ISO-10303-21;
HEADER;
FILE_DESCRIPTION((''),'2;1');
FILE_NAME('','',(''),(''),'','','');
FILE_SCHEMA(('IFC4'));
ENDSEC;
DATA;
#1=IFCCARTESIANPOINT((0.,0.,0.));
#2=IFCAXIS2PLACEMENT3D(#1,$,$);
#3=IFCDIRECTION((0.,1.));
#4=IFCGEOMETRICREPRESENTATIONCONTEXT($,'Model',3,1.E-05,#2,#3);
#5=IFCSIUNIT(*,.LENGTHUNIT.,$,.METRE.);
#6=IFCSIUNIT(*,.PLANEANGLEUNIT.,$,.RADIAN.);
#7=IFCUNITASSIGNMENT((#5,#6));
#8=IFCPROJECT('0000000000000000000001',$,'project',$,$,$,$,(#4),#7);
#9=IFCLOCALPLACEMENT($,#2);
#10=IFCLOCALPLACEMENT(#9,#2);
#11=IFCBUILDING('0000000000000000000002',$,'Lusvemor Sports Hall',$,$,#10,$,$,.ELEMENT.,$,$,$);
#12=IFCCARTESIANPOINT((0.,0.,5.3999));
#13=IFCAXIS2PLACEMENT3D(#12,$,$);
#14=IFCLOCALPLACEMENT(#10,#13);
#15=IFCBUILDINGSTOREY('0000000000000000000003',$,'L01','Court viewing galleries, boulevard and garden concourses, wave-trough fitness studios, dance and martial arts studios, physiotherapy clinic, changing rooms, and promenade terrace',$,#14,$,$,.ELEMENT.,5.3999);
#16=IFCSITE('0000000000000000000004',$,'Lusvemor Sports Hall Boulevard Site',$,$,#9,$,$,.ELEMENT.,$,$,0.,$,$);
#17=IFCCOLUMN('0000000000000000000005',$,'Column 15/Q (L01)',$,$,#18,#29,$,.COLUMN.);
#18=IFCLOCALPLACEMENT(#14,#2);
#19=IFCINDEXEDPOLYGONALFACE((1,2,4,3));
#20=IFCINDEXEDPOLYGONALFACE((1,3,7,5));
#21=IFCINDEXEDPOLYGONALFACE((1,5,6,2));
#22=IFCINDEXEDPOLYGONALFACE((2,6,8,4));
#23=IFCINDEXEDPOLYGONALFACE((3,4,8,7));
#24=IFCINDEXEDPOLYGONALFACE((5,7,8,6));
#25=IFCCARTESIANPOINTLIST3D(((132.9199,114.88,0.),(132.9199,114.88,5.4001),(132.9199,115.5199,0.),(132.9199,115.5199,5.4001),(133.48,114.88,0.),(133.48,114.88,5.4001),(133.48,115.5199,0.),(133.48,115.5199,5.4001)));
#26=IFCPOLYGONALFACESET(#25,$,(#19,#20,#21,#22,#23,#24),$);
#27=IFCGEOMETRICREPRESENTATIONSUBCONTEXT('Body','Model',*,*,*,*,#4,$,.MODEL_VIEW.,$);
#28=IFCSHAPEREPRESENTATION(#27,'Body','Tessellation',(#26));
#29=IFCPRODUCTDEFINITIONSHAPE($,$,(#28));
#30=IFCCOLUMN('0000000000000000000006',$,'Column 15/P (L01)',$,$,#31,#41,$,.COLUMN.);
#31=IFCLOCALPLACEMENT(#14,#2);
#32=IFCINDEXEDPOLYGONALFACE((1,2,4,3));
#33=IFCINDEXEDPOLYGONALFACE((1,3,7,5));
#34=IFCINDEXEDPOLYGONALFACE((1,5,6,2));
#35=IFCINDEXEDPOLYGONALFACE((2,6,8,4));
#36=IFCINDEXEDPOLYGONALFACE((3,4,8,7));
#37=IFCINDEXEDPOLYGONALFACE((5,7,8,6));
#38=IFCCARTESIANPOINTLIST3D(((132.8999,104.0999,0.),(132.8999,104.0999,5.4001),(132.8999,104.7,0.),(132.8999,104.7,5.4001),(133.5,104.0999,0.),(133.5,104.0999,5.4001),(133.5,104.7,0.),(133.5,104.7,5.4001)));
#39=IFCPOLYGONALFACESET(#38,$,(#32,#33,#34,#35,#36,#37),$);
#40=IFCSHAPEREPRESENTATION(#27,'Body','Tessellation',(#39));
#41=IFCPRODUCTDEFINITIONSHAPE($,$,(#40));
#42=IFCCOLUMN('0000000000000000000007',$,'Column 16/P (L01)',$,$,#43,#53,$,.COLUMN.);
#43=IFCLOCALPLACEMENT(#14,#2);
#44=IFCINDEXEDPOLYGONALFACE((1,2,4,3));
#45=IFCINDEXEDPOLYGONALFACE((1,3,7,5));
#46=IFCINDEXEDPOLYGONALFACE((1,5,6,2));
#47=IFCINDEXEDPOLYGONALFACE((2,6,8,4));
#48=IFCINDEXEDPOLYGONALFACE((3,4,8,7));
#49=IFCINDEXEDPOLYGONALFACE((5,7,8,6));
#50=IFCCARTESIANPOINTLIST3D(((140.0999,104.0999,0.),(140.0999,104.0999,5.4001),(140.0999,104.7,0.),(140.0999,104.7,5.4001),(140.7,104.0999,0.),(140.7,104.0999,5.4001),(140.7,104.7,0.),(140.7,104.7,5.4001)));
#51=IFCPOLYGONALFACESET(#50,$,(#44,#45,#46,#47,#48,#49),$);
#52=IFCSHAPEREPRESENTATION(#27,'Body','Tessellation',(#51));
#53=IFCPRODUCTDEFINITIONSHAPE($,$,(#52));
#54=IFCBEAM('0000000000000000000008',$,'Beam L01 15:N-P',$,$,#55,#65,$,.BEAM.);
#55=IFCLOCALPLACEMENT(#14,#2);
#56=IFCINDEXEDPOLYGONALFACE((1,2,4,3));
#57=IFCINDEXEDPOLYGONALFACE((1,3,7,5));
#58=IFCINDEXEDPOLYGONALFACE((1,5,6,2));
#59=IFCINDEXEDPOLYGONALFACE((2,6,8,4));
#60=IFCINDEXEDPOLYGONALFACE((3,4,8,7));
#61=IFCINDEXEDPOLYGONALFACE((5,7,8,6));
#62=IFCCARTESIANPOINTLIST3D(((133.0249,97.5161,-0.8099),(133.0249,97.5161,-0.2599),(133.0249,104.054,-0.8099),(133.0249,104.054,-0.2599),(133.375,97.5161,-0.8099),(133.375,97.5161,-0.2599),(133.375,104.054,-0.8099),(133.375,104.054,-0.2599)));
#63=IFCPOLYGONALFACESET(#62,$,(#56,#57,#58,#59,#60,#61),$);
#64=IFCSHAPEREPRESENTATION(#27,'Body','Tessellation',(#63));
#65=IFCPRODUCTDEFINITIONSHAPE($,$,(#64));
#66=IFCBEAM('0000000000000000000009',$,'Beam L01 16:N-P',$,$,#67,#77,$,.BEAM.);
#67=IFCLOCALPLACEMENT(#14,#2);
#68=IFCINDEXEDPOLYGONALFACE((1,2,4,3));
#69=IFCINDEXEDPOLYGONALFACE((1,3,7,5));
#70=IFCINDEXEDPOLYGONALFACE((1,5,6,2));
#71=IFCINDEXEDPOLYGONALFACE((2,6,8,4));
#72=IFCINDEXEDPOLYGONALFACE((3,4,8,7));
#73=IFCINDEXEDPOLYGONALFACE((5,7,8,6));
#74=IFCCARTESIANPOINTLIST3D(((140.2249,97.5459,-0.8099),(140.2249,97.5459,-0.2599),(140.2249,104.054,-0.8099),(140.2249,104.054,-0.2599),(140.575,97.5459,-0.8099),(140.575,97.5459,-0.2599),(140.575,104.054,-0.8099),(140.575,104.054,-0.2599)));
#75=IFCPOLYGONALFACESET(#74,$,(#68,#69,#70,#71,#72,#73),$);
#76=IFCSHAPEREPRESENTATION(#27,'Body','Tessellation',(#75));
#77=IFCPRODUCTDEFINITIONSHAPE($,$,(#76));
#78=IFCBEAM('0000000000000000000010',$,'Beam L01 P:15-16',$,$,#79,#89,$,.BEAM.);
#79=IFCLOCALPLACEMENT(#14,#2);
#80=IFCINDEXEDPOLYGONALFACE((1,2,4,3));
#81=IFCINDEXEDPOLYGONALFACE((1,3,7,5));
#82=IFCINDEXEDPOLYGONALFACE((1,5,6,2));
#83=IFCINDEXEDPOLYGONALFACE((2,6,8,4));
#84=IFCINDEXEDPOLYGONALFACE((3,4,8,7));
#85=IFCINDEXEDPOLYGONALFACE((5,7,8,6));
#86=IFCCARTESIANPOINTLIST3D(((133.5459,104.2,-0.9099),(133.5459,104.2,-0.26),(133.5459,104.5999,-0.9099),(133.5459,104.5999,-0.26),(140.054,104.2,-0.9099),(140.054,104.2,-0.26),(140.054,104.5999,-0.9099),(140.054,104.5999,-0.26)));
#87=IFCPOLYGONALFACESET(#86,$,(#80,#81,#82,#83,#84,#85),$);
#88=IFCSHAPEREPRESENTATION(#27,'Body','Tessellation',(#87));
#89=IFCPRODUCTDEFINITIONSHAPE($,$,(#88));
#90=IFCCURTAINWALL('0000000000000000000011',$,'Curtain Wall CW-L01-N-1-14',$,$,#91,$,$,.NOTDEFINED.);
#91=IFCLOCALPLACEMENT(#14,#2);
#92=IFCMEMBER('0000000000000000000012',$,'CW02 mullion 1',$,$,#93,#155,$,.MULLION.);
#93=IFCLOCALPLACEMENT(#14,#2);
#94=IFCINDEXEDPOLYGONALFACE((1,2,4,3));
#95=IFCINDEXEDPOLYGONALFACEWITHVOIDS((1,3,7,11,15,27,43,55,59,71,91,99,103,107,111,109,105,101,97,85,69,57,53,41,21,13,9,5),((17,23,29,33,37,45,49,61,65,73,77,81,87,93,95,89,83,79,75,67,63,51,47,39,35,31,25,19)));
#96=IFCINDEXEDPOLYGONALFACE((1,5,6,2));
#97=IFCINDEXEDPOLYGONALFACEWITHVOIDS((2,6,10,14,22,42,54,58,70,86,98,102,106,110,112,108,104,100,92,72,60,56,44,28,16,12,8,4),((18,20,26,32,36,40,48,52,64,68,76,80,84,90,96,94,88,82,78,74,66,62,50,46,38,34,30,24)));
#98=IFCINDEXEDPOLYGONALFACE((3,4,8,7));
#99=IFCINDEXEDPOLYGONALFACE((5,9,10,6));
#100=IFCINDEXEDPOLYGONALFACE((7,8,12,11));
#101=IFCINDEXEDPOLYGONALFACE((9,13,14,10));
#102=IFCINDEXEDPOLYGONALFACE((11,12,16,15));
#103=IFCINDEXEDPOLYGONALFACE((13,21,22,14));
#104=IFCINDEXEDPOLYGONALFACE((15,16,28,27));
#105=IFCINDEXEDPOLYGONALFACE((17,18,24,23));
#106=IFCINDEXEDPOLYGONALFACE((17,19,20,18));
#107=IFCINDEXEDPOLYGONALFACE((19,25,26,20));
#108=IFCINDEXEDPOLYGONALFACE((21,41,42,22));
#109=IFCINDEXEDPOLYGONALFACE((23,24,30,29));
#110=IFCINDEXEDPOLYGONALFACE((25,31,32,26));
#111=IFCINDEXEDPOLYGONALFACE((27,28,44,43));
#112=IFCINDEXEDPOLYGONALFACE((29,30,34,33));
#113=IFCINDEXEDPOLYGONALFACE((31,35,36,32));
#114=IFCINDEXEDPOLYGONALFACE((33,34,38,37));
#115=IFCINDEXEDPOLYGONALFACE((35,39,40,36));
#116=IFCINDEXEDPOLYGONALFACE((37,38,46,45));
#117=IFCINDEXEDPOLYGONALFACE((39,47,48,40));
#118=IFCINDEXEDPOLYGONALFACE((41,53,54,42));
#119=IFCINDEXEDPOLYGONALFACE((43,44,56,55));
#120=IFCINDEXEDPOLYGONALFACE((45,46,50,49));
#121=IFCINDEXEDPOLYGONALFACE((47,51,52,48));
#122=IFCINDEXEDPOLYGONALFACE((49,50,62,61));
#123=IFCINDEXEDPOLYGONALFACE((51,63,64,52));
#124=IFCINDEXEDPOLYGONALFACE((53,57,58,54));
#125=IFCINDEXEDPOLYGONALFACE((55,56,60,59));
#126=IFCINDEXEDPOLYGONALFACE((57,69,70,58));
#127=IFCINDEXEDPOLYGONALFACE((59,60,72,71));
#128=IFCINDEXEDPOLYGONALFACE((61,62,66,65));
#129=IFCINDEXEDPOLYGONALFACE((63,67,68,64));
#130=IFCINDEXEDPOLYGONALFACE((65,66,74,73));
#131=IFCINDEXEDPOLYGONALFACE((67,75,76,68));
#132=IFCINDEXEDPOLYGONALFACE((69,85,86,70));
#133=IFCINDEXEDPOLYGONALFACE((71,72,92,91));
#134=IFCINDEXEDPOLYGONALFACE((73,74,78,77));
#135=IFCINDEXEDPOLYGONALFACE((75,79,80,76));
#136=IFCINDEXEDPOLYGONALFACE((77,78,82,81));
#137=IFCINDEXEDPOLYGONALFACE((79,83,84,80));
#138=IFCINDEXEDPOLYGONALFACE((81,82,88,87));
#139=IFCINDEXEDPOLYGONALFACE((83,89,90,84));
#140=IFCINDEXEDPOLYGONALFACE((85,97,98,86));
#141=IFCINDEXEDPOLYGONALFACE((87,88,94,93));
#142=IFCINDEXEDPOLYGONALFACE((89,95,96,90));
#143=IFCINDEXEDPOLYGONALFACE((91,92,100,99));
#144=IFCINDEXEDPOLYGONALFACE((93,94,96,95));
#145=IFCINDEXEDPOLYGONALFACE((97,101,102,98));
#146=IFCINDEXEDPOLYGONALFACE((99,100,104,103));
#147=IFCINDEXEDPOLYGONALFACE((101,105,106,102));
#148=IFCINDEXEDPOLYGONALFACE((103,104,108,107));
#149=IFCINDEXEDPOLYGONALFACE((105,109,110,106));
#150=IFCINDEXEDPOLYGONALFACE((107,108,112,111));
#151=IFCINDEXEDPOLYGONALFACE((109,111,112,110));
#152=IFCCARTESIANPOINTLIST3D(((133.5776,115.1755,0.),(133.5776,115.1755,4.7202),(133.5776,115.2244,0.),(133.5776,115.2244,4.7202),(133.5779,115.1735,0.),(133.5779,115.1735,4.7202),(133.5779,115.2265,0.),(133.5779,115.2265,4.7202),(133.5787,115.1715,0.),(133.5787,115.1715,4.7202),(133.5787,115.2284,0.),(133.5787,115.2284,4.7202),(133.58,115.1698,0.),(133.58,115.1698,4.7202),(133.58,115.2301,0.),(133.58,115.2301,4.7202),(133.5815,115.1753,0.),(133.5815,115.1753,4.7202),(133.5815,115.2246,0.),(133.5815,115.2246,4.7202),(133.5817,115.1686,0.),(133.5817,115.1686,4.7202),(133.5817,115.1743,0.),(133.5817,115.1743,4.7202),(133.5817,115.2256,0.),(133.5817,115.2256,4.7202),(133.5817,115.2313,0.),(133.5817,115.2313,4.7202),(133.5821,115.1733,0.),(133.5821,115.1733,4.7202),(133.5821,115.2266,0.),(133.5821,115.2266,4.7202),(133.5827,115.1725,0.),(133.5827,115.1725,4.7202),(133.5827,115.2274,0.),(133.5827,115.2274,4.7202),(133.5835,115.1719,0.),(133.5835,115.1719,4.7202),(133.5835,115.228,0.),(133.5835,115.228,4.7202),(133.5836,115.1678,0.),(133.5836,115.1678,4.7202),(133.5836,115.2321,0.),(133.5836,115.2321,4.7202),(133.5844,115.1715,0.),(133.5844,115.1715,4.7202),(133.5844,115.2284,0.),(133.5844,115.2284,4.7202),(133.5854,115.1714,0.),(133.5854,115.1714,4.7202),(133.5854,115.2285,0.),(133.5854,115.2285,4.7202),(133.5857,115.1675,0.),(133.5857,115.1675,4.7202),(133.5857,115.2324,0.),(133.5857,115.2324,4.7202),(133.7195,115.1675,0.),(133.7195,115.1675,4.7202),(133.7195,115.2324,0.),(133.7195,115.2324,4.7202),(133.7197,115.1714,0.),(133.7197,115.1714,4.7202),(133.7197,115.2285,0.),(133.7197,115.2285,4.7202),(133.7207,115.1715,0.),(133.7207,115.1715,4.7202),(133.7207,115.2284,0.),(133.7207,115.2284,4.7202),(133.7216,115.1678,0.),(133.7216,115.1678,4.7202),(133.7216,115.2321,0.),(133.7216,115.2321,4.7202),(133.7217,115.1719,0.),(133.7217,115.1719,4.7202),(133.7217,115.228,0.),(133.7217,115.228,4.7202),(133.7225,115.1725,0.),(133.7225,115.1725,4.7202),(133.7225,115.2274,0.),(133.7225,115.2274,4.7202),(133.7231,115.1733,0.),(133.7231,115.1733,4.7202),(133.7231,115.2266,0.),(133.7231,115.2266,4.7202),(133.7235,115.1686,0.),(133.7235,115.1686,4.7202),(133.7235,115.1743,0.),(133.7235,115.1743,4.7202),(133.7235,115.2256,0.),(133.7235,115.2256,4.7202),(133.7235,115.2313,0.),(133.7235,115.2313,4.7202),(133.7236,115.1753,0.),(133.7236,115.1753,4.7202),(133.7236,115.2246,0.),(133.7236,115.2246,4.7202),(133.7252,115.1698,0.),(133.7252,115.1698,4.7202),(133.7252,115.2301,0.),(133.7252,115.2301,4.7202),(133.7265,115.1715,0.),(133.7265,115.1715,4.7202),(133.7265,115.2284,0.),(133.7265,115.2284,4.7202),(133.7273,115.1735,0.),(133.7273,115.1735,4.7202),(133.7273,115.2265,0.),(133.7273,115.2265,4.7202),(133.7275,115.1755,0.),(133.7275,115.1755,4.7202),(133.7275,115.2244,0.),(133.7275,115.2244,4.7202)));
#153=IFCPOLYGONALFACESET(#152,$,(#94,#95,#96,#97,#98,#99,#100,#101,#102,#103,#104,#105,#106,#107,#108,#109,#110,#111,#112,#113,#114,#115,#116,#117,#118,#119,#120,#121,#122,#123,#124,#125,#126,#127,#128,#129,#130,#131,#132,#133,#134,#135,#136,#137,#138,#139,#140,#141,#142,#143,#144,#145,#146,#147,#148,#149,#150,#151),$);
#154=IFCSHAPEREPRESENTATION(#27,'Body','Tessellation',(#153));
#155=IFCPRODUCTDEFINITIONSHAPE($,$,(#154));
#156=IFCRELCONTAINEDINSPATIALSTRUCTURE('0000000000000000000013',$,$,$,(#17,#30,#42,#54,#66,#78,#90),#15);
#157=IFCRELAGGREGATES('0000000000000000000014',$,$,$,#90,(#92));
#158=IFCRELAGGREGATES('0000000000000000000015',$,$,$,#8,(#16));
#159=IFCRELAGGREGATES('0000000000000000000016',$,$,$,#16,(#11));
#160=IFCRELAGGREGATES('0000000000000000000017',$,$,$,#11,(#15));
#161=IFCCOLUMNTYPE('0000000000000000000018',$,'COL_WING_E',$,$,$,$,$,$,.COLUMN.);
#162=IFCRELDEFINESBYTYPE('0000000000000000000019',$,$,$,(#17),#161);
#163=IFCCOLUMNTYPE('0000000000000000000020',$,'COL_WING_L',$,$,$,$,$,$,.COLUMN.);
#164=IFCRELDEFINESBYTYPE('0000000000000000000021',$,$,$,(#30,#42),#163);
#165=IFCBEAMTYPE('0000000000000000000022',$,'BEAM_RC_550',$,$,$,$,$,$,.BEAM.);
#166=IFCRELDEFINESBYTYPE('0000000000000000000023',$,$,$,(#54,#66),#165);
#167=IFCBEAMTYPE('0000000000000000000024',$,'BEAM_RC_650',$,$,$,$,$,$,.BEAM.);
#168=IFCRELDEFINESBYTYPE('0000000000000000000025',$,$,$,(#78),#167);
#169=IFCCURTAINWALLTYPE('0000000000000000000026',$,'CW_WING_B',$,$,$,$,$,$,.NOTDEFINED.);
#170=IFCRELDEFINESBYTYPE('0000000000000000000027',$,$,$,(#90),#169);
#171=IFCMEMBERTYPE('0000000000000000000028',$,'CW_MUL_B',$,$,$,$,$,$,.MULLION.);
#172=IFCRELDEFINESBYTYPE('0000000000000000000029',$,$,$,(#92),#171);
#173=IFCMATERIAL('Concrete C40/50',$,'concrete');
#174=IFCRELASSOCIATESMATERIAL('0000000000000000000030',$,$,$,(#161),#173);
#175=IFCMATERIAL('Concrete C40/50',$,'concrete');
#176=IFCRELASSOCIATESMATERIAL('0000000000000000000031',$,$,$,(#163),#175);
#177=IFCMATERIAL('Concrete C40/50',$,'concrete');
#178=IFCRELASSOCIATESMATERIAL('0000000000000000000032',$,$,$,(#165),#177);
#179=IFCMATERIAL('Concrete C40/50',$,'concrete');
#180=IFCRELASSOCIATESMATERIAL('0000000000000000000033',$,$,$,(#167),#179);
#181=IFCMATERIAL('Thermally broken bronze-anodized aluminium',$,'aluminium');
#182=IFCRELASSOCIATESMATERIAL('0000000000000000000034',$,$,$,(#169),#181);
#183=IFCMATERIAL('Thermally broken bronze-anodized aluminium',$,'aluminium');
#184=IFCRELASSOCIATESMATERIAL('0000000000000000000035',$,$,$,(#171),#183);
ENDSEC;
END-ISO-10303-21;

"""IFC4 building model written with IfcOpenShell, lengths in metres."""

from ifc_helpers import new_model, si_unit, direction, frame, origin, origin_2d, place, context, subcontext, project, spatial, rectangle, hollow_rectangle, extrude, material, material_profile, profile_set, type_object, element, aggregate, save


model = new_model("IFC4")

# Units and contexts
model_context = context("Model", 3, precision=1e-05, world=origin(), true_north=direction((0.0, 1.0)))
body_context = subcontext(model_context, "Body", "Model", "MODEL_VIEW")
ifc_project = project(units=[si_unit("LENGTHUNIT", "METRE"), si_unit("PLANEANGLEUNIT", "RADIAN")], contexts=[model_context])

# Site, building, storey
site_placement = place(None, origin())
site = spatial("IfcSite", under=ifc_project, at=site_placement, Name="Lusvemor Sports Hall Boulevard Site", CompositionType="ELEMENT", RefElevation=0.0)
building_placement = place(site_placement, origin())
building = spatial("IfcBuilding", under=site, at=building_placement, Name="Lusvemor Sports Hall", CompositionType="ELEMENT")
storey_placement = place(building_placement, frame((0.0, 0.0, 5.3999)))
storey = spatial("IfcBuildingStorey", under=building, at=storey_placement, Name="L01", Description="Court viewing galleries, boulevard and garden concourses, wave-trough fitness studios, dance and martial arts studios, physiotherapy clinic, changing rooms, and promenade terrace", CompositionType="ELEMENT", Elevation=5.3999)

# Columns
ifc_material_1 = material(Name="Concrete C40/50", Category="concrete")
ifc_material_profile_1 = material_profile(ifc_material_1, rectangle(XDim=0.5601, YDim=0.6399, at=origin_2d()), Name="RC560x640")
ifc_profile_set_1 = profile_set([ifc_material_profile_1], Name="Concrete C40/50")
column_type_1 = type_object("IfcColumnType", Name="COL_WING_E", PredefinedType="COLUMN", material=ifc_profile_set_1)
column_placement = place(storey_placement, frame((133.2, 115.2, 0.0), z_axis=(0.0, 0.0, 1.0), x_axis=(1.0, 0.0, 0.0)))
element("IfcColumn", 1, at=column_placement, inside=storey, type_object=column_type_1, Name="Column 15/Q (L01)", PredefinedType="COLUMN", context=body_context, shape_type="SweptSolid", body=[
    extrude(rectangle(XDim=0.5601, YDim=0.6399, at=origin_2d()), origin(), (0.0, 0.0, 1.0), 5.4001),
])
ifc_material_2 = material(Name="Concrete C40/50", Category="concrete")
ifc_material_profile_2 = material_profile(ifc_material_2, rectangle(XDim=0.6001, YDim=0.6001, at=origin_2d()), Name="RC600x600")
ifc_profile_set_2 = profile_set([ifc_material_profile_2], Name="Concrete C40/50")
column_type_2 = type_object("IfcColumnType", Name="COL_WING_L", PredefinedType="COLUMN", material=ifc_profile_set_2)
for number, where, z_axis, x_axis, name in (
    (2, (133.2, 104.3999, 0.0), (0.0, 0.0, 1.0), (1.0, 0.0, 0.0), "Column 15/P (L01)"),
    (3, (140.3999, 104.3999, 0.0), (0.0, 0.0, 1.0), (1.0, 0.0, 0.0), "Column 16/P (L01)"),
):
    element("IfcColumn", number, at=place(storey_placement, frame(where, z_axis=z_axis, x_axis=x_axis)), inside=storey, type_object=column_type_2, Name=name, PredefinedType="COLUMN", context=body_context, shape_type="SweptSolid", body=[
        extrude(rectangle(XDim=0.6001, YDim=0.6001, at=origin_2d()), origin(), (0.0, 0.0, 1.0), 5.4001),
    ])

# Beams
ifc_material_3 = material(Name="Concrete C40/50", Category="concrete")
ifc_material_profile_3 = material_profile(ifc_material_3, rectangle(XDim=0.3501, YDim=0.55, at=origin_2d()), Name="RC350x550")
ifc_profile_set_3 = profile_set([ifc_material_profile_3], Name="Concrete C40/50")
beam_type_1 = type_object("IfcBeamType", Name="BEAM_RC_550", PredefinedType="BEAM", material=ifc_profile_set_3)
beam_1_placement = place(storey_placement, frame((133.2, 97.5161, -0.5349), z_axis=(0.0, 1.0, 0.0), x_axis=(-1.0, 0.0, 0.0)))
element("IfcBeam", 4, at=beam_1_placement, inside=storey, type_object=beam_type_1, Name="Beam L01 15:N-P", PredefinedType="BEAM", context=body_context, shape_type="SweptSolid", body=[
    extrude(rectangle(XDim=0.3501, YDim=0.55, at=origin_2d()), origin(), (0.0, 0.0, 1.0), 6.5378),
])
beam_2_placement = place(storey_placement, frame((140.3999, 97.5459, -0.5349), z_axis=(0.0, 1.0, 0.0), x_axis=(-1.0, 0.0, 0.0)))
element("IfcBeam", 5, at=beam_2_placement, inside=storey, type_object=beam_type_1, Name="Beam L01 16:N-P", PredefinedType="BEAM", context=body_context, shape_type="SweptSolid", body=[
    extrude(rectangle(XDim=0.3501, YDim=0.55, at=origin_2d()), origin(), (0.0, 0.0, 1.0), 6.5081),
])
ifc_material_4 = material(Name="Concrete C40/50", Category="concrete")
ifc_material_profile_4 = material_profile(ifc_material_4, rectangle(XDim=0.3999, YDim=0.6499, at=origin_2d()), Name="RC400x650")
ifc_profile_set_4 = profile_set([ifc_material_profile_4], Name="Concrete C40/50")
beam_type_2 = type_object("IfcBeamType", Name="BEAM_RC_650", PredefinedType="BEAM", material=ifc_profile_set_4)
beam_3_placement = place(storey_placement, frame((133.5459, 104.3999, -0.585), z_axis=(1.0, 0.0, 0.0), x_axis=(0.0, 1.0, 0.0)))
element("IfcBeam", 6, at=beam_3_placement, inside=storey, type_object=beam_type_2, Name="Beam L01 P:15-16", PredefinedType="BEAM", context=body_context, shape_type="SweptSolid", body=[
    extrude(rectangle(XDim=0.3999, YDim=0.6499, at=origin_2d()), origin(), (0.0, 0.0, 1.0), 6.5081),
])

# Curtain wall, member
ifc_material_5 = material(Name="Thermally broken bronze-anodized aluminium", Category="aluminium")
curtain_wall_type = type_object("IfcCurtainWallType", Name="CW_WING_B", PredefinedType="NOTDEFINED", material=ifc_material_5)
curtain_wall_placement = place(storey_placement, origin())
curtain_wall = element("IfcCurtainWall", 7, at=curtain_wall_placement, inside=storey, type_object=curtain_wall_type, Name="Curtain Wall CW-L01-N-1-14", PredefinedType="NOTDEFINED")
ifc_material_6 = material(Name="Thermally broken bronze-anodized aluminium", Category="aluminium")
ifc_material_profile_5 = material_profile(ifc_material_6, hollow_rectangle(XDim=0.0649, YDim=0.1499, WallThickness=0.0039, InnerFilletRadius=0.0039, OuterFilletRadius=0.0081, at=origin_2d()), Name="CWMUL150x65x4")
ifc_profile_set_5 = profile_set([ifc_material_profile_5], Name="Thermally broken bronze-anodized aluminium")
member_type_1 = type_object("IfcMemberType", Name="CW_MUL_B", PredefinedType="MULLION", material=ifc_profile_set_5)
member_1_placement = place(storey_placement, frame((133.6526, 115.2, 0.0), z_axis=(0.0, 0.0, 1.0), x_axis=(0.0, 1.0, 0.0)))
member_1 = element("IfcMember", 8, at=member_1_placement, type_object=member_type_1, Name="CW02 mullion 1", PredefinedType="MULLION", context=body_context, shape_type="SweptSolid", body=[
    extrude(hollow_rectangle(XDim=0.0649, YDim=0.1499, WallThickness=0.0039, InnerFilletRadius=0.0039, OuterFilletRadius=0.0081, at=origin_2d()), origin(), (0.0, 0.0, 1.0), 4.7202),
])

aggregate(curtain_wall, [member_1])

save(model, "model.ifc")
